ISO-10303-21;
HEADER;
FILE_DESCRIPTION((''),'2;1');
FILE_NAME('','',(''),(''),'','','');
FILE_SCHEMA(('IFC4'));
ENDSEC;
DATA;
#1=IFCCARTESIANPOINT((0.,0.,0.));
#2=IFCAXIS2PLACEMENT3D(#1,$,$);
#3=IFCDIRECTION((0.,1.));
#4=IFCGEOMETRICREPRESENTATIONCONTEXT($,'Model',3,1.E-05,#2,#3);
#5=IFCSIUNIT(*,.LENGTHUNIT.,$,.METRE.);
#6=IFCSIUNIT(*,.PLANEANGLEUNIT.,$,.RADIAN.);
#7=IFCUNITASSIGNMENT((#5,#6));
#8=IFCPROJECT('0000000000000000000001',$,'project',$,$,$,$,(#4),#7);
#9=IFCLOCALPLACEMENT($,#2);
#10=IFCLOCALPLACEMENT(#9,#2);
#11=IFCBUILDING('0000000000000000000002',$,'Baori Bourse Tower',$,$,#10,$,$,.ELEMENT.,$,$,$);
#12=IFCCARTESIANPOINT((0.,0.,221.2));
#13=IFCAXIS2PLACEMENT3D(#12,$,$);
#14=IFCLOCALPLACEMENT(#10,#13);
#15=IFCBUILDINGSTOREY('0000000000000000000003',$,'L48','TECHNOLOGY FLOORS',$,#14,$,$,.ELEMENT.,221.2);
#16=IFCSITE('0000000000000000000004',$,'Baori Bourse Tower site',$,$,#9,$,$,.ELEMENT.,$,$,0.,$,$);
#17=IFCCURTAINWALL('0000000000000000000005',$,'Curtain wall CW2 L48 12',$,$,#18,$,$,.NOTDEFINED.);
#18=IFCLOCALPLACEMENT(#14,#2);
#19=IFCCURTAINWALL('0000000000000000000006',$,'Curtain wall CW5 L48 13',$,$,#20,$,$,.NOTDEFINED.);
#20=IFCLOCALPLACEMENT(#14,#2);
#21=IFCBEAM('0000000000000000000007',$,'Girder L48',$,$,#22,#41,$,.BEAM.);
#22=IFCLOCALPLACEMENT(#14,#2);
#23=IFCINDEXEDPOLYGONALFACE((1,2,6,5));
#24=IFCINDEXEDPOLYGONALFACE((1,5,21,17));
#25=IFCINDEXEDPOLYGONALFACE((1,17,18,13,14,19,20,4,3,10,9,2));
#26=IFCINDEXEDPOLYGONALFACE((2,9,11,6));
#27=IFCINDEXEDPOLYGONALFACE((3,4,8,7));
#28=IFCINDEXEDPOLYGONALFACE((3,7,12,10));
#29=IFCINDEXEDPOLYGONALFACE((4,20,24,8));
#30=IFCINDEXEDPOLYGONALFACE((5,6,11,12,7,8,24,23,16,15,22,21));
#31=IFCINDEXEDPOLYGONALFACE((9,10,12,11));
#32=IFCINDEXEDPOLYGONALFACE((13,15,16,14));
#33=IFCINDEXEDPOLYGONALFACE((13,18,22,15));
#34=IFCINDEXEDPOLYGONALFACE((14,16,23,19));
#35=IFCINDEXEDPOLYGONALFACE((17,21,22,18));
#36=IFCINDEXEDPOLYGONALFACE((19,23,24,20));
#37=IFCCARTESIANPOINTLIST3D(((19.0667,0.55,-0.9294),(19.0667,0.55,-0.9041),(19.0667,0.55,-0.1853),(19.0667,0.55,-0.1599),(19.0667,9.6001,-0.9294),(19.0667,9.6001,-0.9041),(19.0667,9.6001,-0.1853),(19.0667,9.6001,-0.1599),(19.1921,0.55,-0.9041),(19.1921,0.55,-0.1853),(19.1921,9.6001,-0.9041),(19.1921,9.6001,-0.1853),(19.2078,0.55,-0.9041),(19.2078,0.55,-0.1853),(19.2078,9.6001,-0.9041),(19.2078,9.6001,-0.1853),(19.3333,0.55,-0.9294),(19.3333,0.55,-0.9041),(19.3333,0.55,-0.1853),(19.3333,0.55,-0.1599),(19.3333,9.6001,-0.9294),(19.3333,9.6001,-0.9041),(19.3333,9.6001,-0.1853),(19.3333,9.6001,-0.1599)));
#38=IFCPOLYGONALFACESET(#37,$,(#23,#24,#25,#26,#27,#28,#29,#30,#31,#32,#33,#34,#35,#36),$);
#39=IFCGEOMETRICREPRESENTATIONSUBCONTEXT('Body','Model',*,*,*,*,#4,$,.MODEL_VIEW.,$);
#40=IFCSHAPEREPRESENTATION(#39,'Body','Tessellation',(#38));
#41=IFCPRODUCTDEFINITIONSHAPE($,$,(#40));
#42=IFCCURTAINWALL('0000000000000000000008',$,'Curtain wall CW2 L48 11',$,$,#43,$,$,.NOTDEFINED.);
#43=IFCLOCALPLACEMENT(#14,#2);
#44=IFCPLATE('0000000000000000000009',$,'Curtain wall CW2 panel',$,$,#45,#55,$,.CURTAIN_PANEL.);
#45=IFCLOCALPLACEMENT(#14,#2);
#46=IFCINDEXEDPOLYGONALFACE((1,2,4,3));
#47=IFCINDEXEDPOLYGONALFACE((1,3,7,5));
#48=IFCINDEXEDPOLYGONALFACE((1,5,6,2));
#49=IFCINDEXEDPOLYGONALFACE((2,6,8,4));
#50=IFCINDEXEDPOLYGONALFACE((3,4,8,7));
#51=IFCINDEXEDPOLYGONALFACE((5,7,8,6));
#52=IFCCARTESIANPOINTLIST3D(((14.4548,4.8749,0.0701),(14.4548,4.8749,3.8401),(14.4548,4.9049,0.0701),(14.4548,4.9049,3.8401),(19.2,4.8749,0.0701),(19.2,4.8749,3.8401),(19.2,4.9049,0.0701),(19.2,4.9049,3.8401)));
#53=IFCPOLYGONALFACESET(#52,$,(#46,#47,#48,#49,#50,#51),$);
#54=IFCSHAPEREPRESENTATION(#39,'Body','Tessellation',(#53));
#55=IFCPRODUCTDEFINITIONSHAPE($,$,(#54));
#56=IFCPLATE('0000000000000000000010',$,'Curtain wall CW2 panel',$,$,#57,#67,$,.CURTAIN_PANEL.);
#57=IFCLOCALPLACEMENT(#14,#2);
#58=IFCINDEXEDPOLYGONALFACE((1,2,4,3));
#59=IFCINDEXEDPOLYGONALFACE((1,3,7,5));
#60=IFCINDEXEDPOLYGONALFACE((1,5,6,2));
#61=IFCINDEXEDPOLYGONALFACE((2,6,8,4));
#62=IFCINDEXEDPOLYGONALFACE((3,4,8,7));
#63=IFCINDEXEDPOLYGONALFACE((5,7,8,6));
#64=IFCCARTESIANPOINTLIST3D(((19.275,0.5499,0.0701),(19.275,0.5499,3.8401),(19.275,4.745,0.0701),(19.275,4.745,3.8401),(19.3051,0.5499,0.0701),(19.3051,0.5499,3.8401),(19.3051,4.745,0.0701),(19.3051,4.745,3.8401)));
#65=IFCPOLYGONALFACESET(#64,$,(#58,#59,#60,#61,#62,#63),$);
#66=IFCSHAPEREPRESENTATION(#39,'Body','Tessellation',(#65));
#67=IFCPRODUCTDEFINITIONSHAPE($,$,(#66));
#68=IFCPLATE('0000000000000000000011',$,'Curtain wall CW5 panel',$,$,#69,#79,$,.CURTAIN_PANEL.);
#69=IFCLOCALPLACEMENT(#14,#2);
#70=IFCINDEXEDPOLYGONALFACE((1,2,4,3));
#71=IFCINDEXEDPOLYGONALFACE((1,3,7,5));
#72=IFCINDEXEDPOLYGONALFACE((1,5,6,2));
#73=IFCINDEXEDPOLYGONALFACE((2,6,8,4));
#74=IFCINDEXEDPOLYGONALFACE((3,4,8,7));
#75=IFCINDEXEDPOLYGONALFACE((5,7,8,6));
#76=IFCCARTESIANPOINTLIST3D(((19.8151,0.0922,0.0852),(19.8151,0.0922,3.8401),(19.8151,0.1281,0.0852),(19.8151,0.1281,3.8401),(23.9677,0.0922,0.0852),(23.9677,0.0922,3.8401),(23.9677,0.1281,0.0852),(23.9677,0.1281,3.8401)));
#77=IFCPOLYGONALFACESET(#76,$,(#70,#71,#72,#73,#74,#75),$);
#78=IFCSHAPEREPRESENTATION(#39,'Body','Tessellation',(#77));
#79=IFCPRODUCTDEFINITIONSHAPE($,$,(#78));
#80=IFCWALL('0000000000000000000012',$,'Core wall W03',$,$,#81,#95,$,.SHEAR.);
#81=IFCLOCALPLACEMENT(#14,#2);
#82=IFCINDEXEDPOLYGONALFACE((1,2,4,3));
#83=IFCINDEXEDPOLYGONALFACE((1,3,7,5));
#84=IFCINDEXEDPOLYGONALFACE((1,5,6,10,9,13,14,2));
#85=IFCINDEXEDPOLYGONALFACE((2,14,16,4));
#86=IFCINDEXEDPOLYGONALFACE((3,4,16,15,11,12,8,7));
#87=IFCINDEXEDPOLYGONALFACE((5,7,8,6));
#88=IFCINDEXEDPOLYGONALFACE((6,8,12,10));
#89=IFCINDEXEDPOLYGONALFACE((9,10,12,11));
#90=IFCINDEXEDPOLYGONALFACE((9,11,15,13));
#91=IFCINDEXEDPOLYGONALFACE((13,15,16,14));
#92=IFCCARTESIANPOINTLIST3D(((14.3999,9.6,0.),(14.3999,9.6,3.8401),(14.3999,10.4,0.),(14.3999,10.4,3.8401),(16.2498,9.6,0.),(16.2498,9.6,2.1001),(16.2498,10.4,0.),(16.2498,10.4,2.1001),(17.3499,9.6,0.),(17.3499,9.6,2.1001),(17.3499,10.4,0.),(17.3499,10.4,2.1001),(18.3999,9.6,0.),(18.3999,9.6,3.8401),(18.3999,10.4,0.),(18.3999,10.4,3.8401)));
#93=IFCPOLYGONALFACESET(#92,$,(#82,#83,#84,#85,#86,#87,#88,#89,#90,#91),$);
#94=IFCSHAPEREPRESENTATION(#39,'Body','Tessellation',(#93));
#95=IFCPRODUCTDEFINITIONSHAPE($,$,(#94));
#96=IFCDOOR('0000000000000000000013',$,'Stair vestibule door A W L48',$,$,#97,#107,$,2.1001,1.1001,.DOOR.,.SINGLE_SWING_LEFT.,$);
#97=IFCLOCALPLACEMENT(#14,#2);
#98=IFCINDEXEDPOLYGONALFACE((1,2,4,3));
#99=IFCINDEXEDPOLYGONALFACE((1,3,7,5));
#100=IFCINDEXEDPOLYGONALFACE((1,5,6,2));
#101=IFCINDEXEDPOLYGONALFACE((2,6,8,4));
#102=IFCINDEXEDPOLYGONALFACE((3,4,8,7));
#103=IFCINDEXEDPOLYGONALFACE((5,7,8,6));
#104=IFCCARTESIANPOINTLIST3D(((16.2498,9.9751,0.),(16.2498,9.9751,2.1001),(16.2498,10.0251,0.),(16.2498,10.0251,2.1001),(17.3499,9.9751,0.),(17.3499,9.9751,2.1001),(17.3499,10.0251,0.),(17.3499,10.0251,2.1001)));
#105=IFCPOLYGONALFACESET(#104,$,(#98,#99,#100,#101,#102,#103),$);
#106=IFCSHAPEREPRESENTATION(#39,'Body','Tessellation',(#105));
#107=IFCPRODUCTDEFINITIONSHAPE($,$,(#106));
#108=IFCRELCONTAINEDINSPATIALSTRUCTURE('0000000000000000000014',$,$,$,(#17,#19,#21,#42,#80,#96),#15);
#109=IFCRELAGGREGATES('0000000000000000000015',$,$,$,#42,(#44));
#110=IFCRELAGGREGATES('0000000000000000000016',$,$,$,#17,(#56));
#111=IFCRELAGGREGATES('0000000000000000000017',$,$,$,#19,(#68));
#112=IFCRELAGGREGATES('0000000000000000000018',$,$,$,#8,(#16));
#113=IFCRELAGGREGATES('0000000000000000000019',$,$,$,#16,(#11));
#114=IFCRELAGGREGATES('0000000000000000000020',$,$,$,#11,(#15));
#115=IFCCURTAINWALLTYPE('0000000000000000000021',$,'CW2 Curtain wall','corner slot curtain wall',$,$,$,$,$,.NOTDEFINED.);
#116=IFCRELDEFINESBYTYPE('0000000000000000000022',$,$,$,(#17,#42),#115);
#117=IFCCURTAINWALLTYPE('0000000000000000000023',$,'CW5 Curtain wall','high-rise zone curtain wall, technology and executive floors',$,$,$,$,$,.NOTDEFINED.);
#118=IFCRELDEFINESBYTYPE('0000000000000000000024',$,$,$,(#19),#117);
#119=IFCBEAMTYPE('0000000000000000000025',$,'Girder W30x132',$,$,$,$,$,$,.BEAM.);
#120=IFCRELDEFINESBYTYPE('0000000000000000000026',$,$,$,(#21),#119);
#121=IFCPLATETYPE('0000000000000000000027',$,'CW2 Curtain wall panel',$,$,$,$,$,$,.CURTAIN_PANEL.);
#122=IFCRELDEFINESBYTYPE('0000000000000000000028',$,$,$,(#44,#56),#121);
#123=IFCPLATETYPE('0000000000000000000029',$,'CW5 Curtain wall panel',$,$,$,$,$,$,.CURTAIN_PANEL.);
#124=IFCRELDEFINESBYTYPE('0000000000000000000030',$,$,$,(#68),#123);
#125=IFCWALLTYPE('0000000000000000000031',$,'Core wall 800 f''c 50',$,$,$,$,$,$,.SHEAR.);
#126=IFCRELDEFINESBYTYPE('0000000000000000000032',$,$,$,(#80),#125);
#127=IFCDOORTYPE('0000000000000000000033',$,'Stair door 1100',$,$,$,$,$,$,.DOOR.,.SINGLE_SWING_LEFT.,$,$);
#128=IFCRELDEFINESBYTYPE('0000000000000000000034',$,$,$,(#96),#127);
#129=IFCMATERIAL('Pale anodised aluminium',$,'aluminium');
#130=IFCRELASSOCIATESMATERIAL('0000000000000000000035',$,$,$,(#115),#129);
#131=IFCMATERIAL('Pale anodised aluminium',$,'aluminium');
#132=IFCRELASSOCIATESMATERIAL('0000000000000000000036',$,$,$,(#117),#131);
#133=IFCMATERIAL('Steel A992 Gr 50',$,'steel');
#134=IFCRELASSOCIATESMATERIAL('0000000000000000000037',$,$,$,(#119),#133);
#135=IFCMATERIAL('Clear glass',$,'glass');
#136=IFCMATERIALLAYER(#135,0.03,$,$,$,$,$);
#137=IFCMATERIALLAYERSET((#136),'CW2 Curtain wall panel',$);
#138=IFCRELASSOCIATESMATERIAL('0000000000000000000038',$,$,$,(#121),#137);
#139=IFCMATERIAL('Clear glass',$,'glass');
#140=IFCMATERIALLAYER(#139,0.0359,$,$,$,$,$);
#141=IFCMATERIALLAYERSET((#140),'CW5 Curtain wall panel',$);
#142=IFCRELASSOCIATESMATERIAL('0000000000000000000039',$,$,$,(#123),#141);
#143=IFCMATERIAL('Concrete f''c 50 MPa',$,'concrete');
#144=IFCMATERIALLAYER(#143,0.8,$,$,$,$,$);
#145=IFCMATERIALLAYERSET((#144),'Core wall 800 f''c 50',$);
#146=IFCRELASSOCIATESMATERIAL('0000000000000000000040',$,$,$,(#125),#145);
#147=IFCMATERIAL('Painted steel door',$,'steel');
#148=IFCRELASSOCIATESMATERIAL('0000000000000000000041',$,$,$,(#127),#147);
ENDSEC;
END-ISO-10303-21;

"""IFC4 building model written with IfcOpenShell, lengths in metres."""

from ifc_helpers import new_model, si_unit, direction, frame, frame_2d, origin, origin_2d, place, context, subcontext, project, spatial, rectangle, i_section, extrude, material, layer, layer_set, material_profile, profile_set, type_object, element, fill, aggregate, save


model = new_model("IFC4")

# Units and contexts
model_context = context("Model", 3, precision=1e-05, world=origin(), true_north=direction((0.0, 1.0)))
body_context = subcontext(model_context, "Body", "Model", "MODEL_VIEW")
ifc_project = project(units=[si_unit("LENGTHUNIT", "METRE"), si_unit("PLANEANGLEUNIT", "RADIAN")], contexts=[model_context])

# Site, building, storey
site_placement = place(None, origin())
site = spatial("IfcSite", under=ifc_project, at=site_placement, Name="Baori Bourse Tower site", CompositionType="ELEMENT", RefElevation=0.0)
building_placement = place(site_placement, origin())
building = spatial("IfcBuilding", under=site, at=building_placement, Name="Baori Bourse Tower", CompositionType="ELEMENT")
storey_placement = place(building_placement, frame((0.0, 0.0, 221.2)))
storey = spatial("IfcBuildingStorey", under=building, at=storey_placement, Name="L48", Description="TECHNOLOGY FLOORS", CompositionType="ELEMENT", Elevation=221.2)

# Curtain walls
ifc_material_1 = material(Name="Pale anodised aluminium", Category="aluminium")
curtain_wall_type_1 = type_object("IfcCurtainWallType", Name="CW2 Curtain wall", Description="corner slot curtain wall", PredefinedType="NOTDEFINED", material=ifc_material_1)
curtain_wall_1_placement = place(storey_placement, origin())
curtain_wall_1 = element("IfcCurtainWall", 1, at=curtain_wall_1_placement, inside=storey, type_object=curtain_wall_type_1, Name="Curtain wall CW2 L48 12", PredefinedType="NOTDEFINED")
ifc_material_2 = material(Name="Pale anodised aluminium", Category="aluminium")
curtain_wall_type_2 = type_object("IfcCurtainWallType", Name="CW5 Curtain wall", Description="high-rise zone curtain wall, technology and executive floors", PredefinedType="NOTDEFINED", material=ifc_material_2)
curtain_wall_2_placement = place(storey_placement, origin())
curtain_wall_2 = element("IfcCurtainWall", 2, at=curtain_wall_2_placement, inside=storey, type_object=curtain_wall_type_2, Name="Curtain wall CW5 L48 13", PredefinedType="NOTDEFINED")

# Beam
ifc_material_3 = material(Name="Steel A992 Gr 50", Category="steel")
ifc_material_profile_1 = material_profile(ifc_material_3, i_section(OverallWidth=0.2666, OverallDepth=0.7695, WebThickness=0.0156, FlangeThickness=0.0254, at=origin_2d()), Name="W30x132")
ifc_profile_set_1 = profile_set([ifc_material_profile_1], Name="Steel A992 Gr 50")
beam_type_1 = type_object("IfcBeamType", Name="Girder W30x132", PredefinedType="BEAM", material=ifc_profile_set_1)
beam_1_placement = place(storey_placement, frame((19.2, 0.55, -0.5447), z_axis=(0.0, 1.0, 0.0), x_axis=(-1.0, 0.0, 0.0)))
element("IfcBeam", 3, at=beam_1_placement, inside=storey, type_object=beam_type_1, Name="Girder L48", PredefinedType="BEAM", context=body_context, shape_type="SweptSolid", body=[
    extrude(i_section(OverallWidth=0.2666, OverallDepth=0.7695, WebThickness=0.0156, FlangeThickness=0.0254, at=origin_2d()), origin(), (0.0, 0.0, 1.0), 9.05),
])

# Curtain wall, plate
curtain_wall_3_placement = place(storey_placement, origin())
curtain_wall_3 = element("IfcCurtainWall", 4, at=curtain_wall_3_placement, inside=storey, type_object=curtain_wall_type_1, Name="Curtain wall CW2 L48 11", PredefinedType="NOTDEFINED")
ifc_material_4 = material(Name="Clear glass", Category="glass")
ifc_layer_1 = layer(ifc_material_4, 0.03)
ifc_layer_set_1 = layer_set([ifc_layer_1], Name="CW2 Curtain wall panel")
plate_type_1 = type_object("IfcPlateType", Name="CW2 Curtain wall panel", PredefinedType="CURTAIN_PANEL", material=ifc_layer_set_1)
plate_1_placement = place(storey_placement, frame((16.8274, 4.8899, 0.0701), z_axis=(0.0, 0.0, 1.0), x_axis=(1.0, 0.0, 0.0)))
plate_1 = element("IfcPlate", 5, at=plate_1_placement, type_object=plate_type_1, Name="Curtain wall CW2 panel", PredefinedType="CURTAIN_PANEL", context=body_context, shape_type="SweptSolid", body=[
    extrude(rectangle(XDim=4.7451, YDim=0.03, at=origin_2d()), origin(), (0.0, 0.0, 1.0), 3.77),
])
aggregate(curtain_wall_3, [plate_1])

# Plates
plate_2_placement = place(storey_placement, frame((19.29, 2.6475, 0.0701), z_axis=(0.0, 0.0, 1.0), x_axis=(0.0, -1.0, 0.0)))
plate_2 = element("IfcPlate", 6, at=plate_2_placement, type_object=plate_type_1, Name="Curtain wall CW2 panel", PredefinedType="CURTAIN_PANEL", context=body_context, shape_type="SweptSolid", body=[
    extrude(rectangle(XDim=4.1951, YDim=0.03, at=origin_2d()), origin(), (0.0, 0.0, 1.0), 3.77),
])
aggregate(curtain_wall_1, [plate_2])
ifc_material_5 = material(Name="Clear glass", Category="glass")
ifc_layer_2 = layer(ifc_material_5, 0.0359)
ifc_layer_set_2 = layer_set([ifc_layer_2], Name="CW5 Curtain wall panel")
plate_type_2 = type_object("IfcPlateType", Name="CW5 Curtain wall panel", PredefinedType="CURTAIN_PANEL", material=ifc_layer_set_2)
plate_3_placement = place(storey_placement, frame((21.8914, 0.1101, 0.0852), z_axis=(0.0, 0.0, 1.0), x_axis=(1.0, 0.0, 0.0)))
plate_3 = element("IfcPlate", 7, at=plate_3_placement, type_object=plate_type_2, Name="Curtain wall CW5 panel", PredefinedType="CURTAIN_PANEL", context=body_context, shape_type="SweptSolid", body=[
    extrude(rectangle(XDim=4.1526, YDim=0.0359, at=origin_2d()), origin(), (0.0, 0.0, 1.0), 3.7549),
])
aggregate(curtain_wall_2, [plate_3])

# Wall, opening, door
ifc_material_6 = material(Name="Concrete f'c 50 MPa", Category="concrete")
ifc_layer_3 = layer(ifc_material_6, 0.8)
ifc_layer_set_3 = layer_set([ifc_layer_3], Name="Core wall 800 f'c 50")
wall_type_1 = type_object("IfcWallType", Name="Core wall 800 f'c 50", PredefinedType="SHEAR", material=ifc_layer_set_3)
wall_1_placement = place(storey_placement, frame((18.3999, 10.0, 0.0), z_axis=(0.0, 0.0, 1.0), x_axis=(-1.0, 0.0, 0.0)))
wall_1 = element("IfcWall", 8, at=wall_1_placement, inside=storey, type_object=wall_type_1, Name="Core wall W03", PredefinedType="SHEAR", context=body_context, shape_type="SweptSolid", body=[
    extrude(rectangle(XDim=4.0, YDim=0.8, at=frame_2d((2.0, 0.0))), origin(), (0.0, 0.0, 1.0), 3.8401),
])
opening_1_placement = place(wall_1_placement, frame((1.05, 0.0, 0.0)))
opening_1 = element("IfcOpeningElement", 9, at=opening_1_placement, cuts=wall_1, PredefinedType="OPENING", context=body_context, shape_type="SweptSolid", body=[
    extrude(rectangle(XDim=1.1001, YDim=2.1001, at=frame_2d((0.55, 1.05))), frame((0.0, 0.4099, 0.0), z_axis=(0.0, -1.0, 0.0), x_axis=(1.0, 0.0, 0.0)), (0.0, 0.0, 1.0), 0.8201),
])
ifc_material_7 = material(Name="Painted steel door", Category="steel")
door_type_1 = type_object("IfcDoorType", Name="Stair door 1100", OperationType="SINGLE_SWING_LEFT", PredefinedType="DOOR", material=ifc_material_7)
door_1_placement = place(opening_1_placement, origin())
door_1 = element("IfcDoor", 10, at=door_1_placement, inside=storey, type_object=door_type_1, Name="Stair vestibule door A W L48", OperationType="SINGLE_SWING_LEFT", OverallHeight=2.1001, OverallWidth=1.1001, PredefinedType="DOOR", context=body_context, shape_type="SweptSolid", body=[
    extrude(rectangle(XDim=1.1001, YDim=2.1001, at=frame_2d((0.55, 1.05))), frame((0.0, 0.0249, 0.0), z_axis=(0.0, -1.0, 0.0), x_axis=(1.0, 0.0, 0.0)), (0.0, 0.0, 1.0), 0.05),
])
fill(opening_1, door_1)

save(model, "model.ifc")
